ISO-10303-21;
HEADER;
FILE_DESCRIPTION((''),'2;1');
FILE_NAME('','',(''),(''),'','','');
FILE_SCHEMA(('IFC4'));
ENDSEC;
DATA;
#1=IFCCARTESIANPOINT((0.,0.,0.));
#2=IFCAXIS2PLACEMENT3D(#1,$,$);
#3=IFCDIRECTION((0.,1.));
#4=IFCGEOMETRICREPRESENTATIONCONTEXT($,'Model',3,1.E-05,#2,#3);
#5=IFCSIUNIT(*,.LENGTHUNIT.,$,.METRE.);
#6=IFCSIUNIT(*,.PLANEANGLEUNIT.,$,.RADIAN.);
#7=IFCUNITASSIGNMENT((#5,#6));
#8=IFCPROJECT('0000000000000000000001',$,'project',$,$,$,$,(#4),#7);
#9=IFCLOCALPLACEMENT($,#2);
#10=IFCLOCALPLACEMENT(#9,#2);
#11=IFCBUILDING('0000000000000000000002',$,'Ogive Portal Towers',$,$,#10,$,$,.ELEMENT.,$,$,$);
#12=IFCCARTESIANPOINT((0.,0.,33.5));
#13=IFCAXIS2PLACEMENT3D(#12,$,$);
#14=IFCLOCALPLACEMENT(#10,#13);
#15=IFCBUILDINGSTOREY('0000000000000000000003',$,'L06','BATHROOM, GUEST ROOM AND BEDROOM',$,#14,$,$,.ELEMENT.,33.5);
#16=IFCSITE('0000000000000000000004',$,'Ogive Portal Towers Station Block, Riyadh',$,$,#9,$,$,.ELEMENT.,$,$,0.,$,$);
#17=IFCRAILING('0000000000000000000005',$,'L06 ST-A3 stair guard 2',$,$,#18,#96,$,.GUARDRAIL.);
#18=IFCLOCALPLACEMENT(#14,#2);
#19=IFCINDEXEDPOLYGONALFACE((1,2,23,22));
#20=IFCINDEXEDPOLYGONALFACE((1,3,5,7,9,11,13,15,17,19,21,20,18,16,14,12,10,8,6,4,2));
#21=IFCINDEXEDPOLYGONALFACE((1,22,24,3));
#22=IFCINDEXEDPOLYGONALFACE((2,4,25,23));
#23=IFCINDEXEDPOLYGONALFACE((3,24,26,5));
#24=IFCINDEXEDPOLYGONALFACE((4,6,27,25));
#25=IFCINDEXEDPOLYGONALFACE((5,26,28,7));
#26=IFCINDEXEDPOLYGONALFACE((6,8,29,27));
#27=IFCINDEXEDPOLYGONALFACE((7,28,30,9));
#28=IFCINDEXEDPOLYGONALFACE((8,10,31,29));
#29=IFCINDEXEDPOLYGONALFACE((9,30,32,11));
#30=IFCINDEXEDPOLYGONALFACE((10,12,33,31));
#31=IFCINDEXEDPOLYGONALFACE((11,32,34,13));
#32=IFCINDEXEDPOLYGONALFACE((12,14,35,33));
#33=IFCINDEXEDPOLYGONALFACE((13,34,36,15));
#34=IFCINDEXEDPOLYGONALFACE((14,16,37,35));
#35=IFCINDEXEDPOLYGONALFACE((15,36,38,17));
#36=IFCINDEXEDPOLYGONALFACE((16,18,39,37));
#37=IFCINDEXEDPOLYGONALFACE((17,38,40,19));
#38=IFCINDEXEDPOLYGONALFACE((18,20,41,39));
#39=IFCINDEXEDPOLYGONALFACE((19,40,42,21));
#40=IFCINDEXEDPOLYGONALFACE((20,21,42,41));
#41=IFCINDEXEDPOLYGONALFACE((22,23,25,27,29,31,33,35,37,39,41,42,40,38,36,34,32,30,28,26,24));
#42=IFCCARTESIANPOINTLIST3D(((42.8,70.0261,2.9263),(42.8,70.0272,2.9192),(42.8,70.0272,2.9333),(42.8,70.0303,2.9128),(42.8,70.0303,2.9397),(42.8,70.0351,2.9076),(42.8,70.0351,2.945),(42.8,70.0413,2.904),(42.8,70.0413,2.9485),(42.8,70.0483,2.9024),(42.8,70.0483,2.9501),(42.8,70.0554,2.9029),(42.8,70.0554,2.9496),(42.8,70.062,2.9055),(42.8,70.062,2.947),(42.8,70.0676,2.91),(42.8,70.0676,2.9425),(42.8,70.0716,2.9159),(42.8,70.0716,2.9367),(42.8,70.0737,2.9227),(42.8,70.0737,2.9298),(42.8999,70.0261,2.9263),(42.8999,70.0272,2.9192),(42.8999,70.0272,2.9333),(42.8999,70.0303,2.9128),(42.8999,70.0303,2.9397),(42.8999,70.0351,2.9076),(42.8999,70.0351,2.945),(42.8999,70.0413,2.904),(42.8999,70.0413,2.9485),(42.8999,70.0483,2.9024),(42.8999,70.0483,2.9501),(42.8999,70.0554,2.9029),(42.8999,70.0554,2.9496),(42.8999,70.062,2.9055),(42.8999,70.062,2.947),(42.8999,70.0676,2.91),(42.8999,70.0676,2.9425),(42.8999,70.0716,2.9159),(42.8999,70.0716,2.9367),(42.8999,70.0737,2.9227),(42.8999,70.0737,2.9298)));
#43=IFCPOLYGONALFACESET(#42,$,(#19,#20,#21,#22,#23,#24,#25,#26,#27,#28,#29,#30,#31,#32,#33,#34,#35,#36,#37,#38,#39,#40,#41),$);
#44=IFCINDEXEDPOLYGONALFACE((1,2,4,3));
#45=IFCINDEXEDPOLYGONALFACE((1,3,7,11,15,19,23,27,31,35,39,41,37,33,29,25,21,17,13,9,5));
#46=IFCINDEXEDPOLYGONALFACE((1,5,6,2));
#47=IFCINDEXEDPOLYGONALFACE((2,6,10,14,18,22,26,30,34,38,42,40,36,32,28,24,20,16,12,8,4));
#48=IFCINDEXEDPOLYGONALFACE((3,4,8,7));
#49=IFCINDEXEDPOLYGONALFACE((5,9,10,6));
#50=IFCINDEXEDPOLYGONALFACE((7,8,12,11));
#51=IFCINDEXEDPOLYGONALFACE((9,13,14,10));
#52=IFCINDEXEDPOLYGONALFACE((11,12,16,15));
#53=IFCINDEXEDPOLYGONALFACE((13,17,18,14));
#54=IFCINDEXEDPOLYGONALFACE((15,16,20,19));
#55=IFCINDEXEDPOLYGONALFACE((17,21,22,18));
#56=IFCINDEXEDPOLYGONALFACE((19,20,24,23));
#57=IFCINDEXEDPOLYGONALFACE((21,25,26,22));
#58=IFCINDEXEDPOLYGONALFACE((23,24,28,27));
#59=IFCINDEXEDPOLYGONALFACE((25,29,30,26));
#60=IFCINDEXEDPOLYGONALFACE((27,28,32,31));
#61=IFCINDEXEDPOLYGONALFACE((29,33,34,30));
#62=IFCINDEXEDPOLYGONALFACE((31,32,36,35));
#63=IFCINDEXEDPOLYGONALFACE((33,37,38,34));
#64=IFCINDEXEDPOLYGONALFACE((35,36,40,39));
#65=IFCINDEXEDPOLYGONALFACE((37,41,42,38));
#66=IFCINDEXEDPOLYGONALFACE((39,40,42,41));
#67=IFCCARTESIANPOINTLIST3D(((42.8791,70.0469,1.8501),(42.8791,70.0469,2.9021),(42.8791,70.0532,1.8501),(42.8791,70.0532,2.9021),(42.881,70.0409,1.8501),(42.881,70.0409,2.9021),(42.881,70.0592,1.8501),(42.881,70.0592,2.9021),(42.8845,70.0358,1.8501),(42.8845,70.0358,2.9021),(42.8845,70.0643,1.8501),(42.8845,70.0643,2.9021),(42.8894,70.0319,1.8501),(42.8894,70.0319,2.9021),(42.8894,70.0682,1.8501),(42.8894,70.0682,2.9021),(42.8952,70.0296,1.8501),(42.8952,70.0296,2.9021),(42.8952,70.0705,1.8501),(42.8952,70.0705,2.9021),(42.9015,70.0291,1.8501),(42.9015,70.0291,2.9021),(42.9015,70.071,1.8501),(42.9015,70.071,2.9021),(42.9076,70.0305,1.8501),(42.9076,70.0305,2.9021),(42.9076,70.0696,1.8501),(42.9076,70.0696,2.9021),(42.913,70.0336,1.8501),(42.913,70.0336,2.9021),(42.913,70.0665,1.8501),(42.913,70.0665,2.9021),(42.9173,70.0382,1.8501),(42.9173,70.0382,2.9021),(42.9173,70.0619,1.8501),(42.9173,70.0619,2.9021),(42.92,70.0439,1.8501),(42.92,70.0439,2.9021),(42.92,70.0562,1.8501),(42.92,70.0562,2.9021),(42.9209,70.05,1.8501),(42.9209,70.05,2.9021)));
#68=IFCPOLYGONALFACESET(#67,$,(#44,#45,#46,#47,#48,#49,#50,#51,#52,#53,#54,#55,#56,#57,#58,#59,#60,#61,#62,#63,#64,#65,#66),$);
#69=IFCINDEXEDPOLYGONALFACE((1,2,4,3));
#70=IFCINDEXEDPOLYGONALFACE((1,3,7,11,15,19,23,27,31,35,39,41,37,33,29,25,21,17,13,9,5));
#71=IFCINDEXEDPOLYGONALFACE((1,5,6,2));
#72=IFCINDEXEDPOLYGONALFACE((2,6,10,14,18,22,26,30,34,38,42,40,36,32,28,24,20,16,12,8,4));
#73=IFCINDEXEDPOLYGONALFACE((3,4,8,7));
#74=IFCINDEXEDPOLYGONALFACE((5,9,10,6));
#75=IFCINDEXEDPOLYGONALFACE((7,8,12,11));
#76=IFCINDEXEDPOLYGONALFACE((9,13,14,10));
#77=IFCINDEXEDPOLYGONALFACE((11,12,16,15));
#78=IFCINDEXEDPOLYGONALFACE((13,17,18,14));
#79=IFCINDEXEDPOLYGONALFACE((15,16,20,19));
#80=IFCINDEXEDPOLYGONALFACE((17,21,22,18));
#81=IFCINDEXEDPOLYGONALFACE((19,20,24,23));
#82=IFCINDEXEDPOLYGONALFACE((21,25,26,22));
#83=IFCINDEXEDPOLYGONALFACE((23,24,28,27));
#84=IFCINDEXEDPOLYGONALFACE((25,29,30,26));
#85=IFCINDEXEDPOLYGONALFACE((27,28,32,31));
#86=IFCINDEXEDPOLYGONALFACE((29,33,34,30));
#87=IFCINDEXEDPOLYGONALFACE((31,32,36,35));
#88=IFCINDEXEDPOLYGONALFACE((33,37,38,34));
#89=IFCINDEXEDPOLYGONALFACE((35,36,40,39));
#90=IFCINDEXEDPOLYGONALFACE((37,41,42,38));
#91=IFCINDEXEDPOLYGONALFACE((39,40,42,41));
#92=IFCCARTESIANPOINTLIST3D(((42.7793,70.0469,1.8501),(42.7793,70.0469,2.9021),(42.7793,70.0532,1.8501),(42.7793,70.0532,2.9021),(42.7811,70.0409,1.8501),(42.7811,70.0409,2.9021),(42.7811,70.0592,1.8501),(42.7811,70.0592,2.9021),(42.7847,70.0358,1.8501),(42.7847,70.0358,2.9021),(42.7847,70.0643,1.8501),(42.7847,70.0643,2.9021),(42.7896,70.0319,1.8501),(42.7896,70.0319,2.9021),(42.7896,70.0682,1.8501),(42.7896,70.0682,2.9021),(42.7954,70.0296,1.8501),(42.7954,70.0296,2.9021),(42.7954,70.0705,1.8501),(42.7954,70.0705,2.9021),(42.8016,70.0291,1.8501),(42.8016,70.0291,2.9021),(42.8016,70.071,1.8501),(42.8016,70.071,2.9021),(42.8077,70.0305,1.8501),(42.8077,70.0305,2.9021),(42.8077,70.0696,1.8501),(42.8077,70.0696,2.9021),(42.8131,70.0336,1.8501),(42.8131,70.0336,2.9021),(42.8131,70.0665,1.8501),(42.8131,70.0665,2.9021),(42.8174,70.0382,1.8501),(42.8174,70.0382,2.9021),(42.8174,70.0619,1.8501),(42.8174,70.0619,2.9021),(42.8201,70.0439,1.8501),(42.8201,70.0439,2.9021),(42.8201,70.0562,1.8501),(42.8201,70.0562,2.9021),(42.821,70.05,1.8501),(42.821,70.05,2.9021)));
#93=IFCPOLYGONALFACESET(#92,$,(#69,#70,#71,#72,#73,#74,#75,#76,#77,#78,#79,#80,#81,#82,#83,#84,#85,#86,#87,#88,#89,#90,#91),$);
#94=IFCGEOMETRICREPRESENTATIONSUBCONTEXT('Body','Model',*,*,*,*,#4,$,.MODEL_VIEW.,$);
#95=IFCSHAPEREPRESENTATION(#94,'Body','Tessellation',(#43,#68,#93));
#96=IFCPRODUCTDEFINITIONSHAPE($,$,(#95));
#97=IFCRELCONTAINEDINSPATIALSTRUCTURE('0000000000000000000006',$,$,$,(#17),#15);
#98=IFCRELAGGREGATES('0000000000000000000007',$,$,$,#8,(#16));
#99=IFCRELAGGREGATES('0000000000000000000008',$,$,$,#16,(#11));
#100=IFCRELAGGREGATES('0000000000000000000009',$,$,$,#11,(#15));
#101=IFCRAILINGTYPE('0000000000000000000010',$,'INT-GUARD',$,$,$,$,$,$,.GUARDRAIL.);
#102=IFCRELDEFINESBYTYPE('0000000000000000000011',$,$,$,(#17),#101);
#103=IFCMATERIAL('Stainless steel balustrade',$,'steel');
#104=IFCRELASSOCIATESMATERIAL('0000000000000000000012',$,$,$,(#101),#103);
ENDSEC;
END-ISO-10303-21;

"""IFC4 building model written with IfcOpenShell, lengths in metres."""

from ifc_helpers import new_model, si_unit, direction, frame, origin, origin_2d, place, context, subcontext, project, spatial, circle, extrude, material, type_object, element, save


model = new_model("IFC4")

# Units and contexts
model_context = context("Model", 3, precision=1e-05, world=origin(), true_north=direction((0.0, 1.0)))
body_context = subcontext(model_context, "Body", "Model", "MODEL_VIEW")
ifc_project = project(units=[si_unit("LENGTHUNIT", "METRE"), si_unit("PLANEANGLEUNIT", "RADIAN")], contexts=[model_context])

# Site, building, storey
site_placement = place(None, origin())
site = spatial("IfcSite", under=ifc_project, at=site_placement, Name="Ogive Portal Towers Station Block, Riyadh", CompositionType="ELEMENT", RefElevation=0.0)
building_placement = place(site_placement, origin())
building = spatial("IfcBuilding", under=site, at=building_placement, Name="Ogive Portal Towers", CompositionType="ELEMENT")
storey_placement = place(building_placement, frame((0.0, 0.0, 33.5)))
storey = spatial("IfcBuildingStorey", under=building, at=storey_placement, Name="L06", Description="BATHROOM, GUEST ROOM AND BEDROOM", CompositionType="ELEMENT", Elevation=33.5)

# Railing
ifc_material_1 = material(Name="Stainless steel balustrade", Category="steel")
railing_type_1 = type_object("IfcRailingType", Name="INT-GUARD", PredefinedType="GUARDRAIL", material=ifc_material_1)
railing_1_placement = place(storey_placement, frame((42.8999, 70.05, 1.8501)))
element("IfcRailing", 1, at=railing_1_placement, inside=storey, type_object=railing_type_1, Name="L06 ST-A3 stair guard 2", PredefinedType="GUARDRAIL", context=body_context, shape_type="SweptSolid", body=[
    extrude(circle(Radius=0.0239, at=origin_2d()), frame((0.0, 0.0, 1.0762), z_axis=(-1.0, 0.0, 0.0), x_axis=(0.0, -1.0, 0.0)), (0.0, 0.0, 1.0), 0.0999),
    extrude(circle(Radius=0.021, at=origin_2d()), origin(), (0.0, 0.0, 1.0), 1.052),
    extrude(circle(Radius=0.021, at=origin_2d()), frame((-0.0999, 0.0, 0.0)), (0.0, 0.0, 1.0), 1.052),
])

save(model, "model.ifc")
